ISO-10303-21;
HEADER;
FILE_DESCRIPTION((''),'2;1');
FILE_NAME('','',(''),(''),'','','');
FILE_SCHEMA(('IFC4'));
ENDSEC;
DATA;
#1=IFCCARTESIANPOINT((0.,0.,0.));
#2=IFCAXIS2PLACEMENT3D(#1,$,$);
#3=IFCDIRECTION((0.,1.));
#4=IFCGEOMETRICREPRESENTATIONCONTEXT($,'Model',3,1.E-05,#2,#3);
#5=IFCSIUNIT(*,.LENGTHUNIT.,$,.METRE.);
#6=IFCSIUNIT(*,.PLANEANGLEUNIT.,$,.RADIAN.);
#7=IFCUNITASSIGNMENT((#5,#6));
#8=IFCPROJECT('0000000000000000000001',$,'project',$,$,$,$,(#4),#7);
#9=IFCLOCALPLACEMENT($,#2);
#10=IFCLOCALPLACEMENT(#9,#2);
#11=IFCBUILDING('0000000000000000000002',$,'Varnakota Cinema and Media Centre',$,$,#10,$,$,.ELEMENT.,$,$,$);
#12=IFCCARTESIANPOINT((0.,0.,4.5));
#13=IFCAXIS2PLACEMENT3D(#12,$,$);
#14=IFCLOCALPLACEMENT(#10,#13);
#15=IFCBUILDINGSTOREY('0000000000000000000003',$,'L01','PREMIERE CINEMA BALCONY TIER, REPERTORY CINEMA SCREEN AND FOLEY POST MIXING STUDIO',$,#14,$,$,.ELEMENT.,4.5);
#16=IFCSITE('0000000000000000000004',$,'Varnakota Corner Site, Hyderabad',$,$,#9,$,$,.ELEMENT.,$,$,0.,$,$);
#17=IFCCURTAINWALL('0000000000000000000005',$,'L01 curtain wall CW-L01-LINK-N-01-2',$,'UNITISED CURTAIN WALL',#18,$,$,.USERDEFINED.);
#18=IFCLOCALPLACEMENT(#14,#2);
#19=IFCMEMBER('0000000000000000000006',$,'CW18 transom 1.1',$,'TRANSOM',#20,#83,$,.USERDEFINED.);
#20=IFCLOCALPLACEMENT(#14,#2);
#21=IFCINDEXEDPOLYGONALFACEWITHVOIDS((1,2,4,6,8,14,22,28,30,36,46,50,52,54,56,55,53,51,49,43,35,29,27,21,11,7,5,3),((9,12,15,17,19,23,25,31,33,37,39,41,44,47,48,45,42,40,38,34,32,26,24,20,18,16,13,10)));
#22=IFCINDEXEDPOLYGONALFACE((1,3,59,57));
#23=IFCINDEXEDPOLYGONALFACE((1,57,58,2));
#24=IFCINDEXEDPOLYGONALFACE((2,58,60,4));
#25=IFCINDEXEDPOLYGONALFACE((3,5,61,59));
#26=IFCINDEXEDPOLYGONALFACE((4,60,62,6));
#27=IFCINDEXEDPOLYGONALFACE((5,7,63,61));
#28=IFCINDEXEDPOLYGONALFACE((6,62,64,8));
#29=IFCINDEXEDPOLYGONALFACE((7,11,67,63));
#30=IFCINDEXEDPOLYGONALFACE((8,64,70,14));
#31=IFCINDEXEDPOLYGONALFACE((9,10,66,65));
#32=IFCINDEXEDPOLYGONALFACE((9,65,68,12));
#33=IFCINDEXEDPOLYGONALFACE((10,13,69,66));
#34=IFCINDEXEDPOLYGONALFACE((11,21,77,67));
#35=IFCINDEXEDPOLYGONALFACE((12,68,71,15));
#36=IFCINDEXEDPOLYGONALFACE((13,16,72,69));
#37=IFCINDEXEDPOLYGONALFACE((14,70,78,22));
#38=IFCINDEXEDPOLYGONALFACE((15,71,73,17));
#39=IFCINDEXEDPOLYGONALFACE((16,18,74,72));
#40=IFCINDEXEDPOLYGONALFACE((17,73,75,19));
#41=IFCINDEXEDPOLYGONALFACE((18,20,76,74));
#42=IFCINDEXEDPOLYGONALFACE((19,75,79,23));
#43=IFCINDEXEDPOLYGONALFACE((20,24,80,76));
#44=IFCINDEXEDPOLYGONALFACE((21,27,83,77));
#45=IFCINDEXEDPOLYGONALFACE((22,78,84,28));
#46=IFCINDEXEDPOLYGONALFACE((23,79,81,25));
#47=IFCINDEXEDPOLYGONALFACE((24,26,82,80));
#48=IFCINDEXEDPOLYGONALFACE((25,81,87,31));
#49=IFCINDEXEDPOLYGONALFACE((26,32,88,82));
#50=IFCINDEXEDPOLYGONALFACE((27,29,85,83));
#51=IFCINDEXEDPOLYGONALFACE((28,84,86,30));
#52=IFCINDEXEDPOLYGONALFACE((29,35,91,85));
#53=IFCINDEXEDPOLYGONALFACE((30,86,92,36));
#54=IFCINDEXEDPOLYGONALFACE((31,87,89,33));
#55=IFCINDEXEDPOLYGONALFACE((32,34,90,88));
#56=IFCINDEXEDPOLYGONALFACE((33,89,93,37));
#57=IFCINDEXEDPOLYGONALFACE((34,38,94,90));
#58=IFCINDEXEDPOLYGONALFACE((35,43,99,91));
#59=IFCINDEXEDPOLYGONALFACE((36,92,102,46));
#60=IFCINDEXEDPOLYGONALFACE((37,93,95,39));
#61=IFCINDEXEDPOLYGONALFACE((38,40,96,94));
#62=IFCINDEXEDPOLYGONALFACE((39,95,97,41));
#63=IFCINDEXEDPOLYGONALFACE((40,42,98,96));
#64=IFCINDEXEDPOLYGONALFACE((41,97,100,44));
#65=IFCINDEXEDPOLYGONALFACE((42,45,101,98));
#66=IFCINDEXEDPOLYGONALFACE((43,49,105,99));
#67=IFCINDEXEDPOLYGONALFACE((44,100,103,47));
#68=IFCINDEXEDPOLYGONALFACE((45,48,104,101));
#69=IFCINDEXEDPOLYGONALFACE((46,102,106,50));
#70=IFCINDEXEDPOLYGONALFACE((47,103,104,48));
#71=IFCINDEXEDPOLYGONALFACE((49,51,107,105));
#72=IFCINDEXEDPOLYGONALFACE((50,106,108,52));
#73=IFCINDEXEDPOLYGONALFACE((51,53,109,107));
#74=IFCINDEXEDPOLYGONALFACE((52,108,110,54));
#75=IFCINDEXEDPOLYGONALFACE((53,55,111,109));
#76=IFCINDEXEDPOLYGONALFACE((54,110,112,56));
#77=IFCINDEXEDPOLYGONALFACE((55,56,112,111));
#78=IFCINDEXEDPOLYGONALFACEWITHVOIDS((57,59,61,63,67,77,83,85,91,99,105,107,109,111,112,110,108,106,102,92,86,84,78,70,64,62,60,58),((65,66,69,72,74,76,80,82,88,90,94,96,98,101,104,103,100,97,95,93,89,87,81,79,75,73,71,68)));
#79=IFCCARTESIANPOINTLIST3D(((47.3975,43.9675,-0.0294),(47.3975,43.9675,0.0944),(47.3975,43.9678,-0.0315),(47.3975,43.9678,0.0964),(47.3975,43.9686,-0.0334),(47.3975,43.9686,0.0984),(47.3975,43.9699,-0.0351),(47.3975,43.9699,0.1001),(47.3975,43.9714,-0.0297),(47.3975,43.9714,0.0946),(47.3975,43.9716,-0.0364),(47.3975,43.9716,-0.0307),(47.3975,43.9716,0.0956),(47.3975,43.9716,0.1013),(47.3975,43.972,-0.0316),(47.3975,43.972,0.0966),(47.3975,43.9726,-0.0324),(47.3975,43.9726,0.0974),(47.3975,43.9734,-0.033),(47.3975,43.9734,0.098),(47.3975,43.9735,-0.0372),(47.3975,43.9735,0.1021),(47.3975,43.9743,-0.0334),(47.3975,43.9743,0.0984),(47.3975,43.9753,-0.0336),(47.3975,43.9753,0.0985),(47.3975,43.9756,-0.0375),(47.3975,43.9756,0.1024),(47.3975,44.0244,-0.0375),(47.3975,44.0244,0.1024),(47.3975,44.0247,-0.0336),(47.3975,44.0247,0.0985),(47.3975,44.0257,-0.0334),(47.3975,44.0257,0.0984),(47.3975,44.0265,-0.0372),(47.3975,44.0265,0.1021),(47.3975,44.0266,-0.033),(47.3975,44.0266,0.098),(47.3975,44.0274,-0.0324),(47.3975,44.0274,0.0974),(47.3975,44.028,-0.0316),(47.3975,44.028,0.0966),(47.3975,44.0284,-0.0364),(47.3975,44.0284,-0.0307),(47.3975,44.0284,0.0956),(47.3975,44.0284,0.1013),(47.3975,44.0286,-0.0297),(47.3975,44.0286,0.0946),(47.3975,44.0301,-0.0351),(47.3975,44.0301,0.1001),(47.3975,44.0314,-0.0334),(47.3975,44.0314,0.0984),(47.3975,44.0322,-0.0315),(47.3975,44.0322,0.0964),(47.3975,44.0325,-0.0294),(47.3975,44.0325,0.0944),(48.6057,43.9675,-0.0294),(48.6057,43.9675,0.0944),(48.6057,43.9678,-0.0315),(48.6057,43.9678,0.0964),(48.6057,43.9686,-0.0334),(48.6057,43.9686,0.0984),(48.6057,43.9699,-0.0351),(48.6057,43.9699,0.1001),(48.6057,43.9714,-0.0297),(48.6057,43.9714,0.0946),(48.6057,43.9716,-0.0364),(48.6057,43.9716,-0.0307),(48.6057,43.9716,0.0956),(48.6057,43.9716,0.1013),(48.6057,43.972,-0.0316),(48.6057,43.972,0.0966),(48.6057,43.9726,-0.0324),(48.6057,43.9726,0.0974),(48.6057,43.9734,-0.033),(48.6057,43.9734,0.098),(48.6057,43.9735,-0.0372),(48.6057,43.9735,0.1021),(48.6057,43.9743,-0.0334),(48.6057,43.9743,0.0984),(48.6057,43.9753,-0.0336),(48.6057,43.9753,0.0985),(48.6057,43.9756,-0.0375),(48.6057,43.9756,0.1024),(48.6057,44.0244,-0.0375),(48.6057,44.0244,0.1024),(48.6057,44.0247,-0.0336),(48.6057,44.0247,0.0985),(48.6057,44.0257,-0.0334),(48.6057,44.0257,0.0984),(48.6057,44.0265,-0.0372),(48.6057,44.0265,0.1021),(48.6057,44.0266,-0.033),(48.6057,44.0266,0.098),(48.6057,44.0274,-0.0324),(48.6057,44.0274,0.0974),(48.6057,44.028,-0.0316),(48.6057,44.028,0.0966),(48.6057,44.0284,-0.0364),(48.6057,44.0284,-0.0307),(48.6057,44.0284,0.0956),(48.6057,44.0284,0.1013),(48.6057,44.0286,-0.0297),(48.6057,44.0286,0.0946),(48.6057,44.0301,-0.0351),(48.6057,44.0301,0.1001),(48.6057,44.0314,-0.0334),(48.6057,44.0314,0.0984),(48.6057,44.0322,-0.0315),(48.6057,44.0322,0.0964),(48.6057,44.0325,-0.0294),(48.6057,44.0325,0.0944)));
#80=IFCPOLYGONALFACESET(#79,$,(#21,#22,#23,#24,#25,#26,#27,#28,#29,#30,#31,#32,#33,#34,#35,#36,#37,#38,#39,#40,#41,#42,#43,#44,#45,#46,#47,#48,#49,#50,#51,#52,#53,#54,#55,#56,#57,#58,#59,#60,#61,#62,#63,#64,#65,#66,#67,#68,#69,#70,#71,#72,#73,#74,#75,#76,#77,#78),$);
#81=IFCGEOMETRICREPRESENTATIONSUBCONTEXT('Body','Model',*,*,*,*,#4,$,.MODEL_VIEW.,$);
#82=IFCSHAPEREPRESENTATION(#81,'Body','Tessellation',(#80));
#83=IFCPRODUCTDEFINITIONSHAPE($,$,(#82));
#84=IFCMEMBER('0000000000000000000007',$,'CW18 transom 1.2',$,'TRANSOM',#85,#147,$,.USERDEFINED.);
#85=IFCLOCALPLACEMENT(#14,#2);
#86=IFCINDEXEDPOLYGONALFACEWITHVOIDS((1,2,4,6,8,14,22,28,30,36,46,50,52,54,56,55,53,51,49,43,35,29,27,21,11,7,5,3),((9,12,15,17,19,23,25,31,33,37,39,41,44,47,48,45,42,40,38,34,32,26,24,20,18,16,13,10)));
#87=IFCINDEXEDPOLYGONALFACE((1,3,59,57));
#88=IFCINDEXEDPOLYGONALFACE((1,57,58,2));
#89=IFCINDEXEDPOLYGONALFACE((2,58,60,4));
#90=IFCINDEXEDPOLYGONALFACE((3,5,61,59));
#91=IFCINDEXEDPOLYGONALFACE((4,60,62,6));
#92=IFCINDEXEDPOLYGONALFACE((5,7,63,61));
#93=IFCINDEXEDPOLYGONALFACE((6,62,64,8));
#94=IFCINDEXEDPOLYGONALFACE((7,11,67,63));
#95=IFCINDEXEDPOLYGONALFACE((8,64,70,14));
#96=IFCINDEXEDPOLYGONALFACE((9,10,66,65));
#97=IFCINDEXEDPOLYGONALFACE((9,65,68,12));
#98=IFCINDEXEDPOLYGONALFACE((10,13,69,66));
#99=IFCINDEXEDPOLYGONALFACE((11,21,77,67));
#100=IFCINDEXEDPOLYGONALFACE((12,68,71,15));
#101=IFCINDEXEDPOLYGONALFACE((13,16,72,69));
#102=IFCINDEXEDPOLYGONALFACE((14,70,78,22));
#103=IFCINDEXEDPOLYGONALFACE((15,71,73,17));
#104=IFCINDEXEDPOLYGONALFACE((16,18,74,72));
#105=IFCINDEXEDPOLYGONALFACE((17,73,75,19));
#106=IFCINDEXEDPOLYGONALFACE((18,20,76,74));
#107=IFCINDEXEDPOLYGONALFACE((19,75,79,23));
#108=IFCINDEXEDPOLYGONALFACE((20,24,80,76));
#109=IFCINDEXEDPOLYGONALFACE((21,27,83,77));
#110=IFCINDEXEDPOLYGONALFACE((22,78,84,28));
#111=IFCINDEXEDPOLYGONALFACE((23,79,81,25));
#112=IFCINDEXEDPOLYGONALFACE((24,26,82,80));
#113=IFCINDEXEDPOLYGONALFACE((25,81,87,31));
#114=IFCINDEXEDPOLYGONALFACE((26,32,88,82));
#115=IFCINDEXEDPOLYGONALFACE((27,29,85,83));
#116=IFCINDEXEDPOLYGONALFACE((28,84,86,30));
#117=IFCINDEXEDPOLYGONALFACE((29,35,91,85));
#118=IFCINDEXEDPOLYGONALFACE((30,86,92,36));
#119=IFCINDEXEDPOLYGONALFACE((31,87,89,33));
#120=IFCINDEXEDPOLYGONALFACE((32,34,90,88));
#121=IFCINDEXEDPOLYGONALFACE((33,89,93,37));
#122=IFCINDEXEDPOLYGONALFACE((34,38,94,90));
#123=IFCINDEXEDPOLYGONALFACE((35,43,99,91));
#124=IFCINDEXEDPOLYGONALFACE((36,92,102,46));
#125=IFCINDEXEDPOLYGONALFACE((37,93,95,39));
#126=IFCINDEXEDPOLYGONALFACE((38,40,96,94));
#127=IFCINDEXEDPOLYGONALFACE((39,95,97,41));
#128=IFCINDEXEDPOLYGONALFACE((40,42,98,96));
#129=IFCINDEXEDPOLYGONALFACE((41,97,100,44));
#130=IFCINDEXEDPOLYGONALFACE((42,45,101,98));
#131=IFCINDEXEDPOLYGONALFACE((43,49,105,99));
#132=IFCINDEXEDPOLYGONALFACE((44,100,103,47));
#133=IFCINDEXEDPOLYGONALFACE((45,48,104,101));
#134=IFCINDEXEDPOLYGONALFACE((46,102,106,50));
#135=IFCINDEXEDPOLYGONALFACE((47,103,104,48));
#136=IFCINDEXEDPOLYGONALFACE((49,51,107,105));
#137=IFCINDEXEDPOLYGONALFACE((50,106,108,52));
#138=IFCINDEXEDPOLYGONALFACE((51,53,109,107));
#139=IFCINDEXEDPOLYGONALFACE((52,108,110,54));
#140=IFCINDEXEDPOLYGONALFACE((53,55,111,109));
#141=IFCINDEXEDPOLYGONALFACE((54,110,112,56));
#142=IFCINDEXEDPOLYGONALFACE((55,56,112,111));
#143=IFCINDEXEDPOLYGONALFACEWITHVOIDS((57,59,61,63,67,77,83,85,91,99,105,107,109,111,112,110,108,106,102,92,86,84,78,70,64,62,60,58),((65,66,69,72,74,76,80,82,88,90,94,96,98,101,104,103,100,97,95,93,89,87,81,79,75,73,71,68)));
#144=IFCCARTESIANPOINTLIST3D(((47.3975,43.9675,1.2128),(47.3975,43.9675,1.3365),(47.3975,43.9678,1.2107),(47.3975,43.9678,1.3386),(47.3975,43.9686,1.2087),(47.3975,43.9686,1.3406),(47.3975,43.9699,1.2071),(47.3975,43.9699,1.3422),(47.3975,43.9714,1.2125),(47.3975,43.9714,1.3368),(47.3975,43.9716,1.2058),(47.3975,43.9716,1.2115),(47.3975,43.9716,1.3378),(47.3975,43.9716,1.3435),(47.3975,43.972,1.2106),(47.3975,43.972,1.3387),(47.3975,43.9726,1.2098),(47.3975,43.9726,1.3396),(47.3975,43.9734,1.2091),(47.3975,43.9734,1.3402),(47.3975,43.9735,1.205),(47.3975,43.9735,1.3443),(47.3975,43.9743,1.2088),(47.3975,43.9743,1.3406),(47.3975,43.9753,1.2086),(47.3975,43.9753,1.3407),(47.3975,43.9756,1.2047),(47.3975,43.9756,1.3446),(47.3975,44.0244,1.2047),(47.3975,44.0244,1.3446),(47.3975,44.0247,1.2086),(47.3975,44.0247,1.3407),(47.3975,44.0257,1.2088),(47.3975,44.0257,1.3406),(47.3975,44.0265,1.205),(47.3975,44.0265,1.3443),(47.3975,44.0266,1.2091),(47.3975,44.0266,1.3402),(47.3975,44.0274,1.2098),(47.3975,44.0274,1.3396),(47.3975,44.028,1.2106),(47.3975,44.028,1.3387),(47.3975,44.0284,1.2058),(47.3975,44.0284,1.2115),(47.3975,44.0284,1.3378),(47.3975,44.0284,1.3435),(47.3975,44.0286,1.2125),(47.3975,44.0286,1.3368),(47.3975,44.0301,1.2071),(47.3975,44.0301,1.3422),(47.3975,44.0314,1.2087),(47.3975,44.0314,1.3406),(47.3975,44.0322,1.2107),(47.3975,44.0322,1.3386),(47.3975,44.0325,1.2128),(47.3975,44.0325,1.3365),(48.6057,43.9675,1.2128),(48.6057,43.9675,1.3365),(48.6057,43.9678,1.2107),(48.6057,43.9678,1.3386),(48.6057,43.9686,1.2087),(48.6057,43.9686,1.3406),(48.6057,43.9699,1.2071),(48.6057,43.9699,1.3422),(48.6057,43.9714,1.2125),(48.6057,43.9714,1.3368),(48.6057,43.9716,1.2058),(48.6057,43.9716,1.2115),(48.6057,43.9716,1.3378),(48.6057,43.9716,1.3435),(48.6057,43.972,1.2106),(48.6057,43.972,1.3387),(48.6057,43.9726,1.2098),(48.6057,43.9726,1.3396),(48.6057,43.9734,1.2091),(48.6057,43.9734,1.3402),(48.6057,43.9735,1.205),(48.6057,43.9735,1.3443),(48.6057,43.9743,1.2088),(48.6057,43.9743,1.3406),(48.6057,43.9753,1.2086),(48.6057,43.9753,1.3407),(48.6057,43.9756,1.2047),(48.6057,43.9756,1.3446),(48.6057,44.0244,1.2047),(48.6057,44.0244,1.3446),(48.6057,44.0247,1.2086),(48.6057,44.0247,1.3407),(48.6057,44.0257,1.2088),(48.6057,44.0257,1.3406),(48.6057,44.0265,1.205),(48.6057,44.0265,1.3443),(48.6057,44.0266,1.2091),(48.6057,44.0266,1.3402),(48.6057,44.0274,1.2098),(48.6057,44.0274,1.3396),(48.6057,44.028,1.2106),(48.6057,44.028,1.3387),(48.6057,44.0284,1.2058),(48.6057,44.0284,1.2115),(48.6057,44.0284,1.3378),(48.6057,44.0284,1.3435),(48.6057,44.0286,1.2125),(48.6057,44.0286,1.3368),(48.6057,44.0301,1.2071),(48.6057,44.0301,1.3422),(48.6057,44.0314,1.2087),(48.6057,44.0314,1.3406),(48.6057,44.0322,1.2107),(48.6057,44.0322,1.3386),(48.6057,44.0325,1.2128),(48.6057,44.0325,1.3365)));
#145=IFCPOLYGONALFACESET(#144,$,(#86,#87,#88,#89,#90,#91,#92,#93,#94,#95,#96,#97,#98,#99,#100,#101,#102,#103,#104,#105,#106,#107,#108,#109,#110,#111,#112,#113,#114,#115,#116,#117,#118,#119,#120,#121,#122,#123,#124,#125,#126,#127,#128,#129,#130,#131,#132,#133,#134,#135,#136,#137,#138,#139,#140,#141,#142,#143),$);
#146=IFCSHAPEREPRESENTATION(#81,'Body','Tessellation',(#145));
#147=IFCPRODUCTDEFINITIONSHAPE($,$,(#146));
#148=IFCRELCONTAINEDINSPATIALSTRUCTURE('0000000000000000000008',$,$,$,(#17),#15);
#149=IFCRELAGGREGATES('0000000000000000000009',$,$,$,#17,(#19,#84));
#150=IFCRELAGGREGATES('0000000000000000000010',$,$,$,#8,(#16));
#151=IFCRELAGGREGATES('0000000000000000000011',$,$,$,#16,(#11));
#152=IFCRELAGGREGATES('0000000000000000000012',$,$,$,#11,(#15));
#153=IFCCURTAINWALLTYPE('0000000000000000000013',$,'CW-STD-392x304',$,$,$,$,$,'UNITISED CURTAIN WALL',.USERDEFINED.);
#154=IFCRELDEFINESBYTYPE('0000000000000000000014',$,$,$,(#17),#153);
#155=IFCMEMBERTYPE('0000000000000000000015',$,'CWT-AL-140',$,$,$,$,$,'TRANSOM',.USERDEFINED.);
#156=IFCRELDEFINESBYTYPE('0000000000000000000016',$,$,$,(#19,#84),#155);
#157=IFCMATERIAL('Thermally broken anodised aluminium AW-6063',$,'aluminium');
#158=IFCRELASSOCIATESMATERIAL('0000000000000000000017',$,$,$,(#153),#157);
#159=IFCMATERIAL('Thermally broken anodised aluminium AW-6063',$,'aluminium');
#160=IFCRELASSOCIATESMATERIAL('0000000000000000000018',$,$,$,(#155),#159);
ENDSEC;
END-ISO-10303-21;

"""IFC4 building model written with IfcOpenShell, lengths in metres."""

from ifc_helpers import new_model, si_unit, direction, frame, origin, origin_2d, place, context, subcontext, project, spatial, hollow_rectangle, extrude, material, material_profile, profile_set, type_object, element, aggregate, save


model = new_model("IFC4")

# Units and contexts
model_context = context("Model", 3, precision=1e-05, world=origin(), true_north=direction((0.0, 1.0)))
body_context = subcontext(model_context, "Body", "Model", "MODEL_VIEW")
ifc_project = project(units=[si_unit("LENGTHUNIT", "METRE"), si_unit("PLANEANGLEUNIT", "RADIAN")], contexts=[model_context])

# Site, building, storey
site_placement = place(None, origin())
site = spatial("IfcSite", under=ifc_project, at=site_placement, Name="Varnakota Corner Site, Hyderabad", CompositionType="ELEMENT", RefElevation=0.0)
building_placement = place(site_placement, origin())
building = spatial("IfcBuilding", under=site, at=building_placement, Name="Varnakota Cinema and Media Centre", CompositionType="ELEMENT")
storey_placement = place(building_placement, frame((0.0, 0.0, 4.5)))
storey = spatial("IfcBuildingStorey", under=building, at=storey_placement, Name="L01", Description="PREMIERE CINEMA BALCONY TIER, REPERTORY CINEMA SCREEN AND FOLEY POST MIXING STUDIO", CompositionType="ELEMENT", Elevation=4.5)

# Shared definitions
ifc_material_1 = material(Name="Thermally broken anodised aluminium AW-6063", Category="aluminium")
curtain_wall_type = type_object("IfcCurtainWallType", Name="CW-STD-392x304", ElementType="UNITISED CURTAIN WALL", PredefinedType="USERDEFINED", material=ifc_material_1)

# Curtain wall, members
curtain_wall_1_placement = place(storey_placement, origin())
curtain_wall_1 = element("IfcCurtainWall", 1, at=curtain_wall_1_placement, inside=storey, type_object=curtain_wall_type, Name="L01 curtain wall CW-L01-LINK-N-01-2", ObjectType="UNITISED CURTAIN WALL", PredefinedType="USERDEFINED")
ifc_material_2 = material(Name="Thermally broken anodised aluminium AW-6063", Category="aluminium")
ifc_material_profile_1 = material_profile(ifc_material_2, hollow_rectangle(XDim=0.0649, YDim=0.1399, WallThickness=0.0039, InnerFilletRadius=0.0039, OuterFilletRadius=0.0081, at=origin_2d()), Name="AL-TRANSOM 140x65x4")
ifc_profile_set_1 = profile_set([ifc_material_profile_1], Name="Thermally broken anodised aluminium AW-6063")
member_type_1 = type_object("IfcMemberType", Name="CWT-AL-140", ElementType="TRANSOM", PredefinedType="USERDEFINED", material=ifc_profile_set_1)
member_1_placement = place(storey_placement, frame((47.3975, 44.0, 0.0325), z_axis=(1.0, 0.0, 0.0), x_axis=(0.0, 1.0, 0.0)))
member_1 = element("IfcMember", 2, at=member_1_placement, type_object=member_type_1, Name="CW18 transom 1.1", ObjectType="TRANSOM", PredefinedType="USERDEFINED", context=body_context, shape_type="SweptSolid", body=[
    extrude(hollow_rectangle(XDim=0.0649, YDim=0.1399, WallThickness=0.0039, InnerFilletRadius=0.0039, OuterFilletRadius=0.0081, at=origin_2d()), origin(), (0.0, 0.0, 1.0), 1.2083),
])
member_2_placement = place(storey_placement, frame((47.3975, 44.0, 1.2747), z_axis=(1.0, 0.0, 0.0), x_axis=(0.0, 1.0, 0.0)))
member_2 = element("IfcMember", 3, at=member_2_placement, type_object=member_type_1, Name="CW18 transom 1.2", ObjectType="TRANSOM", PredefinedType="USERDEFINED", context=body_context, shape_type="SweptSolid", body=[
    extrude(hollow_rectangle(XDim=0.0649, YDim=0.1399, WallThickness=0.0039, InnerFilletRadius=0.0039, OuterFilletRadius=0.0081, at=origin_2d()), origin(), (0.0, 0.0, 1.0), 1.2083),
])

aggregate(curtain_wall_1, [member_1, member_2])

save(model, "model.ifc")
